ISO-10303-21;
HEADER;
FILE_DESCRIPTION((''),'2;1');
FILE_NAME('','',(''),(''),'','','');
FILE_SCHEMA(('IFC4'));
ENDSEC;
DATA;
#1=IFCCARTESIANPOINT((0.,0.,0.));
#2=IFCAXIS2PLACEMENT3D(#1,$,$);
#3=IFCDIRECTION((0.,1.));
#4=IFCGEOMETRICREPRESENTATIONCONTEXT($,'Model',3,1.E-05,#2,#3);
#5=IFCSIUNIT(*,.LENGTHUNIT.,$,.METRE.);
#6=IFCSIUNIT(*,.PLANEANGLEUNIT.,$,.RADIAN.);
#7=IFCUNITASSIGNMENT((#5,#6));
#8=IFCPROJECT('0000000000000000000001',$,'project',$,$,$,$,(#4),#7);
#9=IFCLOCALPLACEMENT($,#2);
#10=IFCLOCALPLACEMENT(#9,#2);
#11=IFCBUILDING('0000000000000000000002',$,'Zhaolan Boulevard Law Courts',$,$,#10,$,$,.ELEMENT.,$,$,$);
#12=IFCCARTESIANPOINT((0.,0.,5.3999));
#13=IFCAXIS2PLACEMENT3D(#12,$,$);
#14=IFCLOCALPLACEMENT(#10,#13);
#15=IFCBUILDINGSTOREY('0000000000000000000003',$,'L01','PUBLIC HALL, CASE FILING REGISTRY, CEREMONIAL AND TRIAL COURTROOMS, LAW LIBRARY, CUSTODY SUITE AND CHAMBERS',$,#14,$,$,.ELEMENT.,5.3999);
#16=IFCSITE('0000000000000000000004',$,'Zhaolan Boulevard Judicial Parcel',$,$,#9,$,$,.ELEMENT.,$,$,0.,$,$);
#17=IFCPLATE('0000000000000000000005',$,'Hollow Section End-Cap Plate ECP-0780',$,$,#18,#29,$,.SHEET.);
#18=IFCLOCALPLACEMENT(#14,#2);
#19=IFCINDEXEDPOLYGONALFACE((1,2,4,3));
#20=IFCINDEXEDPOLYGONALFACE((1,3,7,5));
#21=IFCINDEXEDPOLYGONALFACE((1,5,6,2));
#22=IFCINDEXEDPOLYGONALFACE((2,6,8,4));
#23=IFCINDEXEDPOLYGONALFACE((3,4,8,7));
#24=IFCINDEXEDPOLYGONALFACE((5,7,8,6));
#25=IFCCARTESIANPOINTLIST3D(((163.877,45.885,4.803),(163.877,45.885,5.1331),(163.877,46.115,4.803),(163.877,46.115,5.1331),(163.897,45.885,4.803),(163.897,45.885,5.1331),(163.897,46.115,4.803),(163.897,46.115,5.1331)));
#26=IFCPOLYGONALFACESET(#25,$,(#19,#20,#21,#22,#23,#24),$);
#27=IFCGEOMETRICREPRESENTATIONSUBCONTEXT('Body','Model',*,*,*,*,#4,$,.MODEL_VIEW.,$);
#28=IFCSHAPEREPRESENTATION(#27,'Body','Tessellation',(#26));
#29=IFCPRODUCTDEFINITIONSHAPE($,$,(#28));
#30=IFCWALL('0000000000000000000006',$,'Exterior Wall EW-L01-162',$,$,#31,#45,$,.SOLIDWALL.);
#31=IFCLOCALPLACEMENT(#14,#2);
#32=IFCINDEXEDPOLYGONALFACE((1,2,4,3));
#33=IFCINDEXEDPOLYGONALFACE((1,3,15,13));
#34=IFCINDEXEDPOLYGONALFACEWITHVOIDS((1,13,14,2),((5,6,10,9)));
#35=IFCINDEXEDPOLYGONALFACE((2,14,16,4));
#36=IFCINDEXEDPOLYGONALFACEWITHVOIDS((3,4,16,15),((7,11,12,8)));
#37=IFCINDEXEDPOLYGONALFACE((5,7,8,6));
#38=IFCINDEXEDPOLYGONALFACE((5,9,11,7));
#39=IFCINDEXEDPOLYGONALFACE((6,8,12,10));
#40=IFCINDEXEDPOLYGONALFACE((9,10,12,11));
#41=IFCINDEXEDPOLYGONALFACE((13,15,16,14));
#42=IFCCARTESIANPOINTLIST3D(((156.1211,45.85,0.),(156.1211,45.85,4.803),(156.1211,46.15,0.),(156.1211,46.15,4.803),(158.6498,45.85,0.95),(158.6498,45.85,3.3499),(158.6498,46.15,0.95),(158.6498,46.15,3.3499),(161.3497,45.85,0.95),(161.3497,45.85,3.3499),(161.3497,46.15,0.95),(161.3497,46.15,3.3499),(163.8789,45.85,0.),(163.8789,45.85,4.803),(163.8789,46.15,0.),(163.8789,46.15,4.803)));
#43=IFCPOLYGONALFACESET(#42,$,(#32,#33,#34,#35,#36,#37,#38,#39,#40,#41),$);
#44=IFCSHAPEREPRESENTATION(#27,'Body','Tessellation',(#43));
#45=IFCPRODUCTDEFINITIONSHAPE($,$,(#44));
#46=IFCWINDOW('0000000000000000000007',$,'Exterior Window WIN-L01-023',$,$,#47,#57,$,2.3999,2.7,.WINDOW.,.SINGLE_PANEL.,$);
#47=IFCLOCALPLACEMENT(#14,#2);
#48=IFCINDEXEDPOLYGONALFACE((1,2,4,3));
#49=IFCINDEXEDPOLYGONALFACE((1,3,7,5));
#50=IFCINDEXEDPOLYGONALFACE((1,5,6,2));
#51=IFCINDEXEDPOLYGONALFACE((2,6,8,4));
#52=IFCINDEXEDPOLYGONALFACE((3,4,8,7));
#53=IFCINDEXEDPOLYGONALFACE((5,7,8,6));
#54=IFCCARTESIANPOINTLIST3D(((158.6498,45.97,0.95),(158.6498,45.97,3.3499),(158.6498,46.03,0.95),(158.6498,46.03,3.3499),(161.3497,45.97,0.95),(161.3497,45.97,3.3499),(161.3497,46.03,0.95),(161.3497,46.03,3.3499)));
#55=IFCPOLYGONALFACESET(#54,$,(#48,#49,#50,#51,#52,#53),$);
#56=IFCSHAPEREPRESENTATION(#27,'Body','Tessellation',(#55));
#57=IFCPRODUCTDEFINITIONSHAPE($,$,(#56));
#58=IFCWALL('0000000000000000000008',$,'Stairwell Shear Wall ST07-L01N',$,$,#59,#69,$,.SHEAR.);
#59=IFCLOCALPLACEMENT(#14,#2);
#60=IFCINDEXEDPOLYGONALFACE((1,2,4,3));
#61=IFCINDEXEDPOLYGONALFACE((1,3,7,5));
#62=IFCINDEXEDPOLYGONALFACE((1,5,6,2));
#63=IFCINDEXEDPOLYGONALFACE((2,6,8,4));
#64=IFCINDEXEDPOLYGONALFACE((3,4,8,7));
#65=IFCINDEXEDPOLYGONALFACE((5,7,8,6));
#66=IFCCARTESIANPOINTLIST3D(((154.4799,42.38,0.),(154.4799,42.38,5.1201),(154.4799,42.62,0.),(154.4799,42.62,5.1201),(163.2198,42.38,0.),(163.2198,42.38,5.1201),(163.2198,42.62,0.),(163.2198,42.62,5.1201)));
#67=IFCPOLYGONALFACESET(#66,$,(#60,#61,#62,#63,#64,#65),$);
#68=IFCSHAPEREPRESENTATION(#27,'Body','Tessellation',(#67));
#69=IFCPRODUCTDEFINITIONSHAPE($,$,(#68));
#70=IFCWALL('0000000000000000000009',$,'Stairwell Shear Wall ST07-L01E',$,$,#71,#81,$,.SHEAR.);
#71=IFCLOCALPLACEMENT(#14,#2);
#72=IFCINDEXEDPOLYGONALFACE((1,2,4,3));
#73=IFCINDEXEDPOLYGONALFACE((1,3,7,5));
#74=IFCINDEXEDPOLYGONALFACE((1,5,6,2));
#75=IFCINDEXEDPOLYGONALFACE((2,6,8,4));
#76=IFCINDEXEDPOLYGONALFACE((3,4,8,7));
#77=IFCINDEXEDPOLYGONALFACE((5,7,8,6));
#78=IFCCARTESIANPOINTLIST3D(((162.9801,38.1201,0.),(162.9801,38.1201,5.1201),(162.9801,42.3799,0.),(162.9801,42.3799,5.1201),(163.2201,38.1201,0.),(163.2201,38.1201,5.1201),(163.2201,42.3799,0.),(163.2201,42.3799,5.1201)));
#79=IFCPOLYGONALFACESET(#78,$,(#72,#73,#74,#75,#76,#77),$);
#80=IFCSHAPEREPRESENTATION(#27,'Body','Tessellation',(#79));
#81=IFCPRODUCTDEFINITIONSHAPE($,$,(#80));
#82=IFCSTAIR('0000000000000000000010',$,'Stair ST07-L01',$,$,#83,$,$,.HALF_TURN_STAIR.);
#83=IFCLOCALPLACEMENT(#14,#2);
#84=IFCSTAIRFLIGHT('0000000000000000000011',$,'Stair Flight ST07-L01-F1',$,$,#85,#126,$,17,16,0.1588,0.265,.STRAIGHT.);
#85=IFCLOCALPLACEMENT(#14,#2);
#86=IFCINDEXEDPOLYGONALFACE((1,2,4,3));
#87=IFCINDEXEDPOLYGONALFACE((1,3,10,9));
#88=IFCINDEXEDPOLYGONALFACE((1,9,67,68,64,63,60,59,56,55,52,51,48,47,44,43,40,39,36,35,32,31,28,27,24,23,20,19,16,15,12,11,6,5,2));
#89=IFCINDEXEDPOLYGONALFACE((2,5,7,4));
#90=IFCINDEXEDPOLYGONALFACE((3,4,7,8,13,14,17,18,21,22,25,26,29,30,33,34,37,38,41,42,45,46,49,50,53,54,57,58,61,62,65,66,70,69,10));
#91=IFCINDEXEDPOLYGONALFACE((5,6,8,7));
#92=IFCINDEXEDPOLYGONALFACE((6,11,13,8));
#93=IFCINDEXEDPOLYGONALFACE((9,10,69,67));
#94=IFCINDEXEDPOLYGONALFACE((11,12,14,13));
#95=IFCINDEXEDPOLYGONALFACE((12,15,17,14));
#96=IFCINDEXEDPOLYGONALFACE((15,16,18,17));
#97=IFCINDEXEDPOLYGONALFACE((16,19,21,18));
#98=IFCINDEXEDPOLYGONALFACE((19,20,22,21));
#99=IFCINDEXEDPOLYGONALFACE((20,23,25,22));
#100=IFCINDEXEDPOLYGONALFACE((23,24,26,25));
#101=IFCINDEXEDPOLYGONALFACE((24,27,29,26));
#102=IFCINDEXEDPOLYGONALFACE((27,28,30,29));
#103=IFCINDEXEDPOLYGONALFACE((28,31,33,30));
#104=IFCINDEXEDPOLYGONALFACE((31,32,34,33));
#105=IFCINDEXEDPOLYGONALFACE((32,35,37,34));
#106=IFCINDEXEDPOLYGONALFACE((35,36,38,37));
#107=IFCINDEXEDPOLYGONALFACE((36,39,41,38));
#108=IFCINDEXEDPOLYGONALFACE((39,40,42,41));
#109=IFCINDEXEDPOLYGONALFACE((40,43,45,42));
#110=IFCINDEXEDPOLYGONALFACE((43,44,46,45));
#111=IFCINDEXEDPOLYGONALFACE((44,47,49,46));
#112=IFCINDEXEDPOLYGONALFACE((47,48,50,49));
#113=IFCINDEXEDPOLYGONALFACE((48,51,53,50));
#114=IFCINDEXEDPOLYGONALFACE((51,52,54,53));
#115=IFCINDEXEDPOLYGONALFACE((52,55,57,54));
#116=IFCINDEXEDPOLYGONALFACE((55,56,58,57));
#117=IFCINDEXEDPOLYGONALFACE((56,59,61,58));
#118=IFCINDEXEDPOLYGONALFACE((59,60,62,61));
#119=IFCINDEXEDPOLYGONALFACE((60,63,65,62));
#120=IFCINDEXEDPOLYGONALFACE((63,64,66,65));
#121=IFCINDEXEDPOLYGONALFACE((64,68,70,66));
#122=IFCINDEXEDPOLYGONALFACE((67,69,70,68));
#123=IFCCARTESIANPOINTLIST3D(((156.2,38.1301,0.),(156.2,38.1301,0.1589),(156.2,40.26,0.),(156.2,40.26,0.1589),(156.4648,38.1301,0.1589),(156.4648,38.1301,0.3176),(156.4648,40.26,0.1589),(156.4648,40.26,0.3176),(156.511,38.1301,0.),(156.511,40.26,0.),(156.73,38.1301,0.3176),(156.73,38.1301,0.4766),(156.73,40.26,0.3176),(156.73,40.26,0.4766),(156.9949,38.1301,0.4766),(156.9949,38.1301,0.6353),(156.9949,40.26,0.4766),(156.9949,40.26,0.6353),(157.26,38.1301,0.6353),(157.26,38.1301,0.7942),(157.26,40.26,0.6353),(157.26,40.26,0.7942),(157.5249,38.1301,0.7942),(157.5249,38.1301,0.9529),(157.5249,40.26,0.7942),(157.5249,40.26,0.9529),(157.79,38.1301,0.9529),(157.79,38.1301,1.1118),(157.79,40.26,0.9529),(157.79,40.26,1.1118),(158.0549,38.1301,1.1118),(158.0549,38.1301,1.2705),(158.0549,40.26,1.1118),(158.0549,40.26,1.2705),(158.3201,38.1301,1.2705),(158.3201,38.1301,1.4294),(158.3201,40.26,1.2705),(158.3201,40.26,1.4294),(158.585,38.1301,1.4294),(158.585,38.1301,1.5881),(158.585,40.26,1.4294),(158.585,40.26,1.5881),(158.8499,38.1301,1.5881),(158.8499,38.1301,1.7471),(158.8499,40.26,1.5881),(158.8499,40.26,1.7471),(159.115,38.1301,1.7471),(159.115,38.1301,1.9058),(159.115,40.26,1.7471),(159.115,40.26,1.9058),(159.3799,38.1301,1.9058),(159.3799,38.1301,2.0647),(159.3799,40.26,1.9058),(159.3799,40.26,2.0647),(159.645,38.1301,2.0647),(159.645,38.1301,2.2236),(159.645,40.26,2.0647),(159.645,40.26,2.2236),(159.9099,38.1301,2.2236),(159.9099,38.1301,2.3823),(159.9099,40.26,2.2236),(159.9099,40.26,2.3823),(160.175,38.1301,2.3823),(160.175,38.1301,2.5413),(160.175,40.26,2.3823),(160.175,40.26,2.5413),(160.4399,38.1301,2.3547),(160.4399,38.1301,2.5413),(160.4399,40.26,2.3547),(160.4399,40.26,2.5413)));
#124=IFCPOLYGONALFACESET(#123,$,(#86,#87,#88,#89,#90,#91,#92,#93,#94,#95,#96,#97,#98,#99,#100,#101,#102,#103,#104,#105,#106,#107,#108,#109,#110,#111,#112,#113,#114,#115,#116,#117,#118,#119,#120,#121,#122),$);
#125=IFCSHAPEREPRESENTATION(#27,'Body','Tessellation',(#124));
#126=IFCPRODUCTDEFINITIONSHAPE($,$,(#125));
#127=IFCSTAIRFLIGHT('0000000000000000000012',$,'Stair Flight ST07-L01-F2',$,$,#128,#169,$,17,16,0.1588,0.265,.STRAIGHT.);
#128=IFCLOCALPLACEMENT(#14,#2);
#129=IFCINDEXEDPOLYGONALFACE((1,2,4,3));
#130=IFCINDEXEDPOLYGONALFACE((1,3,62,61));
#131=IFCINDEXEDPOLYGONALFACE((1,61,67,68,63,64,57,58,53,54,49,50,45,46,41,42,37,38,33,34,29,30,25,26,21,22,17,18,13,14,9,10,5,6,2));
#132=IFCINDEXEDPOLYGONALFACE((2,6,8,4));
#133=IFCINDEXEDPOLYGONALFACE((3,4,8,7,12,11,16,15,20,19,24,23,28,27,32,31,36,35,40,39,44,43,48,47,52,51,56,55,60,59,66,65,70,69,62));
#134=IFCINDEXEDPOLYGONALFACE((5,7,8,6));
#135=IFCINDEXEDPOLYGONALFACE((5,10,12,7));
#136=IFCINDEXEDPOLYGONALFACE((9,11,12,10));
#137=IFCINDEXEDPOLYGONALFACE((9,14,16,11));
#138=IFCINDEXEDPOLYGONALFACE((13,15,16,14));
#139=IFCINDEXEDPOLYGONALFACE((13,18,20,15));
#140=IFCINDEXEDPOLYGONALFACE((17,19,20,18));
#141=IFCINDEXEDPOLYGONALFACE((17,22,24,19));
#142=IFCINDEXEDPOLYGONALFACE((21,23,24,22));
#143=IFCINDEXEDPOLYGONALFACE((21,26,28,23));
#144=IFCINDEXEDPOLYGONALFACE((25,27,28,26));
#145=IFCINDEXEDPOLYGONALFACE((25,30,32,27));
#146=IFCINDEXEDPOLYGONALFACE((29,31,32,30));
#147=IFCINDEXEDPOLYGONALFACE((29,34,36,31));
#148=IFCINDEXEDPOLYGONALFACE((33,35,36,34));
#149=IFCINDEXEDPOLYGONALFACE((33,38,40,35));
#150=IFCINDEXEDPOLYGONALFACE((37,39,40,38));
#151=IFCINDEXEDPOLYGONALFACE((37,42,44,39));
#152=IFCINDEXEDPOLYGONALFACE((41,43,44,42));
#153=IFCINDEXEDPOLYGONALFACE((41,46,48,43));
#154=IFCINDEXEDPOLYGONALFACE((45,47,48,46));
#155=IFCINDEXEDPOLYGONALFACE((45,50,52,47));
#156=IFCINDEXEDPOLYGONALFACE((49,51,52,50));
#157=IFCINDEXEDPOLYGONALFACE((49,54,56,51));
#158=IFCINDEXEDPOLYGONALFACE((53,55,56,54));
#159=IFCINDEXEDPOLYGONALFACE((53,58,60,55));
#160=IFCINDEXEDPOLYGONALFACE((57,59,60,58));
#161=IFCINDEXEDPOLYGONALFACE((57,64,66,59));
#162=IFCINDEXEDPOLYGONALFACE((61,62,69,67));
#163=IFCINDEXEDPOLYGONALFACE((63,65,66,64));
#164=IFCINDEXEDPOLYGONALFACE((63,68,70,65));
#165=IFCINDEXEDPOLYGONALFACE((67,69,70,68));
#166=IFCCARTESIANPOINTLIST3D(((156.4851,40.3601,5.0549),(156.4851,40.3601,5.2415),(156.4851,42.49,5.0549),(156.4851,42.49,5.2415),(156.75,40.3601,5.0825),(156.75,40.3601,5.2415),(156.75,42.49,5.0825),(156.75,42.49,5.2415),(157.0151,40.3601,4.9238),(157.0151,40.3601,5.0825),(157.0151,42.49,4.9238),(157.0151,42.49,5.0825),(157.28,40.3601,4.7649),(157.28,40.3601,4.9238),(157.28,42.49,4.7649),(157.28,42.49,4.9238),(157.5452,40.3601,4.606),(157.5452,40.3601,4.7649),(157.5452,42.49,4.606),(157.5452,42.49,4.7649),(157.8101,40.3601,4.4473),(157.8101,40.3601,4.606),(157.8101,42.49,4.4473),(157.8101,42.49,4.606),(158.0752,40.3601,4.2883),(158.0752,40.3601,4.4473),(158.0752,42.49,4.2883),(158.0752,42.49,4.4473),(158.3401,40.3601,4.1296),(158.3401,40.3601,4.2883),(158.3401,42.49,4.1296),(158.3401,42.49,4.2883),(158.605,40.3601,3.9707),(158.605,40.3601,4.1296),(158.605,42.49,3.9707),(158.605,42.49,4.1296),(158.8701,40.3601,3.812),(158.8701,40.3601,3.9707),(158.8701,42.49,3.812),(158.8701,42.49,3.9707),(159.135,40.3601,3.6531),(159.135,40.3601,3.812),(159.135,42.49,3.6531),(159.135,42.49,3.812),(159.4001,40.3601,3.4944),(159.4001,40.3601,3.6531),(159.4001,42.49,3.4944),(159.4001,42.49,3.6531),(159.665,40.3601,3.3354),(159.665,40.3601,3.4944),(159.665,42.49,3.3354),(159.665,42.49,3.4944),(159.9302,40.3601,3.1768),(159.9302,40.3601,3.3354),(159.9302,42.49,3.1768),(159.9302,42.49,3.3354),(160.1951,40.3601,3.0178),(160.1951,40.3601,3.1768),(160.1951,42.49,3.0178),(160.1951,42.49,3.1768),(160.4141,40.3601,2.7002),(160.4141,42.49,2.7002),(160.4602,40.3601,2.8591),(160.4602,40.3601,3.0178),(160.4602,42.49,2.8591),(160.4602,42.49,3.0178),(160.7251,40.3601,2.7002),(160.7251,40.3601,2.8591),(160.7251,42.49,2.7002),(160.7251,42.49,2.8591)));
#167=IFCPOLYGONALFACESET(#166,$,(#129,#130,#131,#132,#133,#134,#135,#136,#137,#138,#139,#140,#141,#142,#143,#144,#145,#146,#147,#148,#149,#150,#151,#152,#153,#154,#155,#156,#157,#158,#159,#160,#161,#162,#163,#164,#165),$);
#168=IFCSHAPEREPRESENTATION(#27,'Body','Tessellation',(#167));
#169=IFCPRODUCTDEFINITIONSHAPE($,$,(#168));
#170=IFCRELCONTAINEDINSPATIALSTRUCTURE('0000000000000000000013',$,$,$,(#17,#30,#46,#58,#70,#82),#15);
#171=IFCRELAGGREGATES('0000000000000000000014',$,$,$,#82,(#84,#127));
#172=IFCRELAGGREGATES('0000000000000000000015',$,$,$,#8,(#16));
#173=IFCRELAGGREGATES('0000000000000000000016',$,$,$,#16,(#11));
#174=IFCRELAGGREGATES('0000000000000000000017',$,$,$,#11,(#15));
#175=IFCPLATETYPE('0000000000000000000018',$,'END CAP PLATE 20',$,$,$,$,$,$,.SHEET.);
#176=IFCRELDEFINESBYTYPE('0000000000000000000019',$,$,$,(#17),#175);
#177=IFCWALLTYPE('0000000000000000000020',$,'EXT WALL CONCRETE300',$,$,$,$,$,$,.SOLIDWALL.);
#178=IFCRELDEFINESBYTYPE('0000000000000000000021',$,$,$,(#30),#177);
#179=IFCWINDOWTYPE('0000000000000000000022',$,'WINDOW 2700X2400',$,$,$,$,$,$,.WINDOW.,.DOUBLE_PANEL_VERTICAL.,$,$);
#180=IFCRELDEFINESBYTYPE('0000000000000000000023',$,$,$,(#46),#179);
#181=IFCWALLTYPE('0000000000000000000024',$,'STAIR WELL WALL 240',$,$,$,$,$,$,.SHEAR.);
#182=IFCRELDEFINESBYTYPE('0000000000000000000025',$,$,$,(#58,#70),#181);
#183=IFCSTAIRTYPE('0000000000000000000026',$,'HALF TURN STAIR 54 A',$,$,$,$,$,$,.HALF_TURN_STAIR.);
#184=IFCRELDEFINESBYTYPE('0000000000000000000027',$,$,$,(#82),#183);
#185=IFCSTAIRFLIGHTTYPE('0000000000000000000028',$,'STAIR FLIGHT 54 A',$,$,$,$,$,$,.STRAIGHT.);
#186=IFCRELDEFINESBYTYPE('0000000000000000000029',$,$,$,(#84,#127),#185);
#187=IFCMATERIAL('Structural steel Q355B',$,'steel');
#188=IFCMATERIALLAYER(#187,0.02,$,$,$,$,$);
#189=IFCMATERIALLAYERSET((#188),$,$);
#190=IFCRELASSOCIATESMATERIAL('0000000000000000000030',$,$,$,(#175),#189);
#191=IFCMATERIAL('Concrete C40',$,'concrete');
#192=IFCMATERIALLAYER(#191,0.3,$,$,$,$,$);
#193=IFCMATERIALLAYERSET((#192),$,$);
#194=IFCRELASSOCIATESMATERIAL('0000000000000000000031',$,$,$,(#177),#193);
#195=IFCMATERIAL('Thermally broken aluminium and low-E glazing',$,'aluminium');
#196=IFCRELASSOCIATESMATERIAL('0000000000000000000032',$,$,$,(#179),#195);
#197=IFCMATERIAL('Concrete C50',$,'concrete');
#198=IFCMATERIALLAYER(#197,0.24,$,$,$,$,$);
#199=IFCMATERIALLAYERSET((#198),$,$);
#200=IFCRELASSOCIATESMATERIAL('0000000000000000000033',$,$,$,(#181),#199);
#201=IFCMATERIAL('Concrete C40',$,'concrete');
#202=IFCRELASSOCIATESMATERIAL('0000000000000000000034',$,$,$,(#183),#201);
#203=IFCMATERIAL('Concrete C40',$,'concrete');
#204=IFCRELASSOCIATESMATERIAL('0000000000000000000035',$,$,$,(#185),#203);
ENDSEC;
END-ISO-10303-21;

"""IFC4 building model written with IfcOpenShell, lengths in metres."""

from ifc_helpers import new_model, si_unit, direction, frame, frame_2d, origin, origin_2d, place, context, subcontext, project, spatial, polyline, rectangle, outline, extrude, material, layer, layer_set, type_object, element, fill, aggregate, save


model = new_model("IFC4")

# Units and contexts
model_context = context("Model", 3, precision=1e-05, world=origin(), true_north=direction((0.0, 1.0)))
body_context = subcontext(model_context, "Body", "Model", "MODEL_VIEW")
ifc_project = project(units=[si_unit("LENGTHUNIT", "METRE"), si_unit("PLANEANGLEUNIT", "RADIAN")], contexts=[model_context])

# Site, building, storey
site_placement = place(None, origin())
site = spatial("IfcSite", under=ifc_project, at=site_placement, Name="Zhaolan Boulevard Judicial Parcel", CompositionType="ELEMENT", RefElevation=0.0)
building_placement = place(site_placement, origin())
building = spatial("IfcBuilding", under=site, at=building_placement, Name="Zhaolan Boulevard Law Courts", CompositionType="ELEMENT")
storey_placement = place(building_placement, frame((0.0, 0.0, 5.3999)))
storey = spatial("IfcBuildingStorey", under=building, at=storey_placement, Name="L01", Description="PUBLIC HALL, CASE FILING REGISTRY, CEREMONIAL AND TRIAL COURTROOMS, LAW LIBRARY, CUSTODY SUITE AND CHAMBERS", CompositionType="ELEMENT", Elevation=5.3999)

# Plate
ifc_material_1 = material(Name="Structural steel Q355B", Category="steel")
ifc_layer_1 = layer(ifc_material_1, 0.02)
ifc_layer_set_1 = layer_set([ifc_layer_1])
plate_type_1 = type_object("IfcPlateType", Name="END CAP PLATE 20", PredefinedType="SHEET", material=ifc_layer_set_1)
for number, where, z_axis, x_axis, name in (
    (1, (163.887, 46.0, 4.803), (0.0, 0.0, 1.0), (1.0, 0.0, 0.0), "Hollow Section End-Cap Plate ECP-0780"),
):
    element("IfcPlate", number, at=place(storey_placement, frame(where, z_axis=z_axis, x_axis=x_axis)), inside=storey, type_object=plate_type_1, Name=name, PredefinedType="SHEET", context=body_context, shape_type="SweptSolid", body=[
        extrude(rectangle(XDim=0.02, YDim=0.23, at=origin_2d()), origin(), (0.0, 0.0, 1.0), 0.3301),
    ])

# Wall, opening, window
ifc_material_2 = material(Name="Concrete C40", Category="concrete")
ifc_layer_2 = layer(ifc_material_2, 0.3)
ifc_layer_set_2 = layer_set([ifc_layer_2])
wall_type_1 = type_object("IfcWallType", Name="EXT WALL CONCRETE300", PredefinedType="SOLIDWALL", material=ifc_layer_set_2)
wall_1_placement = place(storey_placement, frame((163.8789, 46.0, 0.0), z_axis=(0.0, 0.0, 1.0), x_axis=(-1.0, 0.0, 0.0)))
wall_1 = element("IfcWall", 2, at=wall_1_placement, inside=storey, type_object=wall_type_1, Name="Exterior Wall EW-L01-162", PredefinedType="SOLIDWALL", context=body_context, shape_type="SweptSolid", body=[
    extrude(rectangle(XDim=7.7578, YDim=0.3, at=frame_2d((3.8789, 0.0))), origin(), (0.0, 0.0, 1.0), 4.803),
])
opening_placement = place(wall_1_placement, frame((2.5291, 0.0, 0.95)))
opening = element("IfcOpeningElement", 3, at=opening_placement, cuts=wall_1, PredefinedType="OPENING", context=body_context, shape_type="SweptSolid", body=[
    extrude(rectangle(XDim=2.7, YDim=2.3999, at=frame_2d((1.3501, 1.2))), frame((0.0, 0.1599, 0.0), z_axis=(0.0, -1.0, 0.0), x_axis=(1.0, 0.0, 0.0)), (0.0, 0.0, 1.0), 0.3201),
])
ifc_material_3 = material(Name="Thermally broken aluminium and low-E glazing", Category="aluminium")
window_type = type_object("IfcWindowType", Name="WINDOW 2700X2400", PartitioningType="DOUBLE_PANEL_VERTICAL", PredefinedType="WINDOW", material=ifc_material_3)
window_placement = place(opening_placement, origin())
window = element("IfcWindow", 4, at=window_placement, inside=storey, type_object=window_type, Name="Exterior Window WIN-L01-023", OverallHeight=2.3999, OverallWidth=2.7, PartitioningType="SINGLE_PANEL", PredefinedType="WINDOW", context=body_context, shape_type="SweptSolid", body=[
    extrude(rectangle(XDim=2.7, YDim=2.3999, at=frame_2d((1.3501, 1.2))), frame((0.0, 0.03, 0.0), z_axis=(0.0, -1.0, 0.0), x_axis=(1.0, 0.0, 0.0)), (0.0, 0.0, 1.0), 0.0601),
])
fill(opening, window)

# Walls
ifc_material_4 = material(Name="Concrete C50", Category="concrete")
ifc_layer_3 = layer(ifc_material_4, 0.24)
ifc_layer_set_3 = layer_set([ifc_layer_3])
wall_type_2 = type_object("IfcWallType", Name="STAIR WELL WALL 240", PredefinedType="SHEAR", material=ifc_layer_set_3)
wall_2_placement = place(storey_placement, frame((163.22, 42.5, 0.0), z_axis=(0.0, 0.0, 1.0), x_axis=(-1.0, 0.0, 0.0)))
element("IfcWall", 5, at=wall_2_placement, inside=storey, type_object=wall_type_2, Name="Stairwell Shear Wall ST07-L01N", PredefinedType="SHEAR", context=body_context, shape_type="SweptSolid", body=[
    extrude(rectangle(XDim=8.74, YDim=0.24, at=frame_2d((4.3701, 0.0))), origin(), (0.0, 0.0, 1.0), 5.1201),
])
wall_3_placement = place(storey_placement, frame((163.1001, 38.1201, 0.0), z_axis=(0.0, 0.0, 1.0), x_axis=(0.0, 1.0, 0.0)))
element("IfcWall", 6, at=wall_3_placement, inside=storey, type_object=wall_type_2, Name="Stairwell Shear Wall ST07-L01E", PredefinedType="SHEAR", context=body_context, shape_type="SweptSolid", body=[
    extrude(rectangle(XDim=4.2598, YDim=0.24, at=frame_2d((2.1299, 0.0))), origin(), (0.0, 0.0, 1.0), 5.1201),
])

# Stair, stair flights
ifc_material_5 = material(Name="Concrete C40", Category="concrete")
stair_type = type_object("IfcStairType", Name="HALF TURN STAIR 54 A", PredefinedType="HALF_TURN_STAIR", material=ifc_material_5)
stair_placement = place(storey_placement, origin())
stair = element("IfcStair", 7, at=stair_placement, inside=storey, type_object=stair_type, Name="Stair ST07-L01", PredefinedType="HALF_TURN_STAIR")
ifc_material_6 = material(Name="Concrete C40", Category="concrete")
stair_flight_type = type_object("IfcStairFlightType", Name="STAIR FLIGHT 54 A", PredefinedType="STRAIGHT", material=ifc_material_6)
stair_flight_1_placement = place(storey_placement, frame((156.2, 39.1951, 0.0), z_axis=(0.0, 0.0, 1.0), x_axis=(1.0, 0.0, 0.0)))
stair_flight_1 = element("IfcStairFlight", 8, at=stair_flight_1_placement, type_object=stair_flight_type, Name="Stair Flight ST07-L01-F1", NumberOfRisers=17, NumberOfTreads=16, PredefinedType="STRAIGHT", RiserHeight=0.1588, TreadLength=0.265, context=body_context, shape_type="SweptSolid", body=[
    extrude(outline(polyline([(0.0, 0.0), (0.0, 0.1589), (0.2649, 0.1589), (0.2649, 0.3176), (0.53, 0.3176), (0.53, 0.4766), (0.7949, 0.4766), (0.7949, 0.6353), (1.0601, 0.6353), (1.0601, 0.7942), (1.325, 0.7942), (1.325, 0.9529), (1.5901, 0.9529), (1.5901, 1.1118), (1.855, 1.1118), (1.855, 1.2705), (2.1201, 1.2705), (2.1201, 1.4294), (2.385, 1.4294), (2.385, 1.5881), (2.6499, 1.5881), (2.6499, 1.7471), (2.915, 1.7471), (2.915, 1.9058), (3.1799, 1.9058), (3.1799, 2.0647), (3.4451, 2.0647), (3.4451, 2.2236), (3.71, 2.2236), (3.71, 2.3823), (3.9751, 2.3823), (3.9751, 2.5413), (4.24, 2.5413), (4.24, 2.7), (4.24, 2.3547), (0.311, 0.0), (0.0, 0.0)])), frame((0.0, 1.0649, 0.0), z_axis=(0.0, -1.0, 0.0), x_axis=(1.0, 0.0, 0.0)), (0.0, 0.0, 1.0), 2.1299),
])
stair_flight_2_placement = place(storey_placement, frame((160.7251, 41.425, 2.7002), z_axis=(0.0, 0.0, 1.0), x_axis=(-1.0, 0.0, 0.0)))
stair_flight_2 = element("IfcStairFlight", 9, at=stair_flight_2_placement, type_object=stair_flight_type, Name="Stair Flight ST07-L01-F2", NumberOfRisers=17, NumberOfTreads=16, PredefinedType="STRAIGHT", RiserHeight=0.1588, TreadLength=0.265, context=body_context, shape_type="SweptSolid", body=[
    extrude(outline(polyline([(0.0, 0.0), (0.0, 0.1589), (0.2649, 0.1589), (0.2649, 0.3176), (0.53, 0.3176), (0.53, 0.4766), (0.7949, 0.4766), (0.7949, 0.6353), (1.0601, 0.6353), (1.0601, 0.7942), (1.325, 0.7942), (1.325, 0.9529), (1.5901, 0.9529), (1.5901, 1.1118), (1.855, 1.1118), (1.855, 1.2705), (2.1201, 1.2705), (2.1201, 1.4294), (2.385, 1.4294), (2.385, 1.5881), (2.6499, 1.5881), (2.6499, 1.7471), (2.915, 1.7471), (2.915, 1.9058), (3.1799, 1.9058), (3.1799, 2.0647), (3.4451, 2.0647), (3.4451, 2.2236), (3.71, 2.2236), (3.71, 2.3823), (3.9751, 2.3823), (3.9751, 2.5413), (4.24, 2.5413), (4.24, 2.7), (4.24, 2.3547), (0.311, 0.0), (0.0, 0.0)])), frame((0.0, 1.0649, 0.0), z_axis=(0.0, -1.0, 0.0), x_axis=(1.0, 0.0, 0.0)), (0.0, 0.0, 1.0), 2.1299),
])
aggregate(stair, [stair_flight_1, stair_flight_2])

save(model, "model.ifc")
